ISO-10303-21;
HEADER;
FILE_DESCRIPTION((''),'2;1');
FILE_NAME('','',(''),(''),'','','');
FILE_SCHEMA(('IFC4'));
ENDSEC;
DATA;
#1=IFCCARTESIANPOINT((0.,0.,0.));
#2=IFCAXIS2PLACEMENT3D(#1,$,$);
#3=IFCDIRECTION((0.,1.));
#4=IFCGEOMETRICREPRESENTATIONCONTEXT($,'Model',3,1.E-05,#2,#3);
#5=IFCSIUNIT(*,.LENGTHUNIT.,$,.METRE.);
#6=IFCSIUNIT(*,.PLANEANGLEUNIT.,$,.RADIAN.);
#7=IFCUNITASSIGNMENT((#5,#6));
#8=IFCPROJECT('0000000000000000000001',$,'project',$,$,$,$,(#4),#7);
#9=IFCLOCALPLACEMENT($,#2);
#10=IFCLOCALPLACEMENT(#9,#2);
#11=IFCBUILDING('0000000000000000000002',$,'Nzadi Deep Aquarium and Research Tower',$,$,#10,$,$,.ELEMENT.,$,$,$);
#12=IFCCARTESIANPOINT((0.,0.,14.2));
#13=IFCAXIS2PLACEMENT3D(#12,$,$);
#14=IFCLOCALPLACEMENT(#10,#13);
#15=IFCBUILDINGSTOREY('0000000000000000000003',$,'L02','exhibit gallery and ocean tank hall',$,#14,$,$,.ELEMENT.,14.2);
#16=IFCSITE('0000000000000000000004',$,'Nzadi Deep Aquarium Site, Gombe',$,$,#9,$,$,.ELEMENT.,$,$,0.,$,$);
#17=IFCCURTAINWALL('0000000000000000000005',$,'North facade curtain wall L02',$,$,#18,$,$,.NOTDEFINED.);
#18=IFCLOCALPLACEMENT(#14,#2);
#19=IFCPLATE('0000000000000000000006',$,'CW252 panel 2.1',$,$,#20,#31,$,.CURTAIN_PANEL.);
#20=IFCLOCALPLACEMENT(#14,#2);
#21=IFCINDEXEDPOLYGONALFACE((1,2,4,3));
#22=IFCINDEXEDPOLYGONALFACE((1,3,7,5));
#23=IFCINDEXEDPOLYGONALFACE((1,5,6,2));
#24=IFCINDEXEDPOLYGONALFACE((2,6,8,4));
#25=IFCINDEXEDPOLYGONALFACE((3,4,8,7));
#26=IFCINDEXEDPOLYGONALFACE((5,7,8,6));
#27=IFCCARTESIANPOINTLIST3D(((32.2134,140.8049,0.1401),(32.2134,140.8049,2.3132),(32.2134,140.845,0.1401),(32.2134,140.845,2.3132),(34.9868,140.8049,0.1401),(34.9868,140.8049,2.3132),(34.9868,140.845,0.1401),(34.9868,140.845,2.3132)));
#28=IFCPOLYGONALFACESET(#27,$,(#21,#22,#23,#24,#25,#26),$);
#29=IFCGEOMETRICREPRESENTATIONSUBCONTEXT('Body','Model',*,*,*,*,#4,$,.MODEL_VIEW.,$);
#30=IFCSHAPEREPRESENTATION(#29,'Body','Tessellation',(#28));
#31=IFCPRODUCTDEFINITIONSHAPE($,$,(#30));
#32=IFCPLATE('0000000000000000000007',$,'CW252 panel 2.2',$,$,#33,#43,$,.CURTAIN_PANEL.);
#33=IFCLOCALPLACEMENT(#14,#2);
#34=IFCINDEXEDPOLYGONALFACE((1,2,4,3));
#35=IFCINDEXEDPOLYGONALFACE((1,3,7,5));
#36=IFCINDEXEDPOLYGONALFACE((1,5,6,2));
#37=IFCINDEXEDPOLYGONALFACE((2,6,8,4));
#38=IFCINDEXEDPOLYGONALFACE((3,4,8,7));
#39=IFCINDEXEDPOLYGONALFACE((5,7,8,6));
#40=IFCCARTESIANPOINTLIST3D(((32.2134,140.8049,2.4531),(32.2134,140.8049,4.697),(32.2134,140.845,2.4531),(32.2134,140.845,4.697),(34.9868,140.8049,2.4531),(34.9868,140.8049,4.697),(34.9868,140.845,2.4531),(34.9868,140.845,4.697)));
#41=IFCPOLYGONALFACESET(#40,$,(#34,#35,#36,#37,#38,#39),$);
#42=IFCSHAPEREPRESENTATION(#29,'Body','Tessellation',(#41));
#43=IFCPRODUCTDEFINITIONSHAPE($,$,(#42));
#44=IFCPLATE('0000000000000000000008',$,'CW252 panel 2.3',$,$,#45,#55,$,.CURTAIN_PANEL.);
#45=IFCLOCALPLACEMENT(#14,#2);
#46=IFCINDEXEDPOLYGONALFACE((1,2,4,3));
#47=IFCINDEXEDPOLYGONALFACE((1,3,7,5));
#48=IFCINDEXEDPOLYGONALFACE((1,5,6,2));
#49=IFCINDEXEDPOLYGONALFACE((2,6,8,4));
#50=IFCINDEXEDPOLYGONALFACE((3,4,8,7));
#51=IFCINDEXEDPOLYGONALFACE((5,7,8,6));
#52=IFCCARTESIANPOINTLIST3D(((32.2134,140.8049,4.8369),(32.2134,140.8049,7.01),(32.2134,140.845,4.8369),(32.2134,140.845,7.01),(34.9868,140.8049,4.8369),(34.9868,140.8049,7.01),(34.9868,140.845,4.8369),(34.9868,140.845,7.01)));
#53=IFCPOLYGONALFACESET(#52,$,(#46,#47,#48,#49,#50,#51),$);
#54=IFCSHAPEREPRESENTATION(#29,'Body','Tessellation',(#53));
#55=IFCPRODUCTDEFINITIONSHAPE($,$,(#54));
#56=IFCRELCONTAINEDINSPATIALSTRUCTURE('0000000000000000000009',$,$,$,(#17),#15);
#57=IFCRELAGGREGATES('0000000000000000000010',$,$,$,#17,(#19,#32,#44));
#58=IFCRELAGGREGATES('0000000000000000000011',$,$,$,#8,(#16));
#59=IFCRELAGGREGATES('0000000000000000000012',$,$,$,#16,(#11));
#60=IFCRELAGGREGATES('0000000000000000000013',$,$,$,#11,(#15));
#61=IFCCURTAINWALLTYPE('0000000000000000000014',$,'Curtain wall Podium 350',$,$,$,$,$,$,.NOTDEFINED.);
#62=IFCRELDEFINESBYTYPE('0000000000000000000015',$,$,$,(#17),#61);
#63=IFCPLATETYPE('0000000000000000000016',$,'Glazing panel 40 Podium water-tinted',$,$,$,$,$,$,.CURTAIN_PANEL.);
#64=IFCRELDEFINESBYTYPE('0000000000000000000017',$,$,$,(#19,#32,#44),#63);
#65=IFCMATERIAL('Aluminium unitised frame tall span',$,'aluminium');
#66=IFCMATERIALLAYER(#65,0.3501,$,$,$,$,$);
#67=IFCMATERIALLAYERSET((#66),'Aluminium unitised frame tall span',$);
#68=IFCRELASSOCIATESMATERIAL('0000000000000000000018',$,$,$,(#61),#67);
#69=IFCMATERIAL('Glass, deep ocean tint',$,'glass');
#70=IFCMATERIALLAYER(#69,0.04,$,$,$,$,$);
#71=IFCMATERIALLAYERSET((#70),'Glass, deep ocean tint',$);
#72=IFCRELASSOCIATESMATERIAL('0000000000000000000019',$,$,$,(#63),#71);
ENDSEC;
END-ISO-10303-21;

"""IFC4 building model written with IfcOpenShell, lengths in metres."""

from ifc_helpers import new_model, si_unit, direction, frame, origin, origin_2d, place, context, subcontext, project, spatial, rectangle, extrude, material, layer, layer_set, type_object, element, aggregate, save


model = new_model("IFC4")

# Units and contexts
model_context = context("Model", 3, precision=1e-05, world=origin(), true_north=direction((0.0, 1.0)))
body_context = subcontext(model_context, "Body", "Model", "MODEL_VIEW")
ifc_project = project(units=[si_unit("LENGTHUNIT", "METRE"), si_unit("PLANEANGLEUNIT", "RADIAN")], contexts=[model_context])

# Site, building, storey
site_placement = place(None, origin())
site = spatial("IfcSite", under=ifc_project, at=site_placement, Name="Nzadi Deep Aquarium Site, Gombe", CompositionType="ELEMENT", RefElevation=0.0)
building_placement = place(site_placement, origin())
building = spatial("IfcBuilding", under=site, at=building_placement, Name="Nzadi Deep Aquarium and Research Tower", CompositionType="ELEMENT")
storey_placement = place(building_placement, frame((0.0, 0.0, 14.2)))
storey = spatial("IfcBuildingStorey", under=building, at=storey_placement, Name="L02", Description="exhibit gallery and ocean tank hall", CompositionType="ELEMENT", Elevation=14.2)

# Curtain wall
ifc_material_1 = material(Name="Aluminium unitised frame tall span", Category="aluminium")
ifc_layer_1 = layer(ifc_material_1, 0.3501)
ifc_layer_set_1 = layer_set([ifc_layer_1], Name="Aluminium unitised frame tall span")
curtain_wall_type = type_object("IfcCurtainWallType", Name="Curtain wall Podium 350", PredefinedType="NOTDEFINED", material=ifc_layer_set_1)
curtain_wall_placement = place(storey_placement, origin())
curtain_wall = element("IfcCurtainWall", 1, at=curtain_wall_placement, inside=storey, type_object=curtain_wall_type, Name="North facade curtain wall L02", PredefinedType="NOTDEFINED")

# Plates
ifc_material_2 = material(Name="Glass, deep ocean tint", Category="glass")
ifc_layer_2 = layer(ifc_material_2, 0.04)
ifc_layer_set_2 = layer_set([ifc_layer_2], Name="Glass, deep ocean tint")
plate_type = type_object("IfcPlateType", Name="Glazing panel 40 Podium water-tinted", PredefinedType="CURTAIN_PANEL", material=ifc_layer_set_2)
plate_1_placement = place(storey_placement, frame((33.6001, 140.825, 0.1401), z_axis=(0.0, 0.0, 1.0), x_axis=(1.0, 0.0, 0.0)))
plate_1 = element("IfcPlate", 2, at=plate_1_placement, type_object=plate_type, Name="CW252 panel 2.1", PredefinedType="CURTAIN_PANEL", context=body_context, shape_type="SweptSolid", body=[
    extrude(rectangle(XDim=2.7734, YDim=0.04, at=origin_2d()), origin(), (0.0, 0.0, 1.0), 2.1731),
])
plate_2_placement = place(storey_placement, frame((33.6001, 140.825, 2.4531), z_axis=(0.0, 0.0, 1.0), x_axis=(1.0, 0.0, 0.0)))
plate_2 = element("IfcPlate", 3, at=plate_2_placement, type_object=plate_type, Name="CW252 panel 2.2", PredefinedType="CURTAIN_PANEL", context=body_context, shape_type="SweptSolid", body=[
    extrude(rectangle(XDim=2.7734, YDim=0.04, at=origin_2d()), origin(), (0.0, 0.0, 1.0), 2.2439),
])
plate_3_placement = place(storey_placement, frame((33.6001, 140.825, 4.8369), z_axis=(0.0, 0.0, 1.0), x_axis=(1.0, 0.0, 0.0)))
plate_3 = element("IfcPlate", 4, at=plate_3_placement, type_object=plate_type, Name="CW252 panel 2.3", PredefinedType="CURTAIN_PANEL", context=body_context, shape_type="SweptSolid", body=[
    extrude(rectangle(XDim=2.7734, YDim=0.04, at=origin_2d()), origin(), (0.0, 0.0, 1.0), 2.1731),
])
aggregate(curtain_wall, [plate_1, plate_2, plate_3])

save(model, "model.ifc")
